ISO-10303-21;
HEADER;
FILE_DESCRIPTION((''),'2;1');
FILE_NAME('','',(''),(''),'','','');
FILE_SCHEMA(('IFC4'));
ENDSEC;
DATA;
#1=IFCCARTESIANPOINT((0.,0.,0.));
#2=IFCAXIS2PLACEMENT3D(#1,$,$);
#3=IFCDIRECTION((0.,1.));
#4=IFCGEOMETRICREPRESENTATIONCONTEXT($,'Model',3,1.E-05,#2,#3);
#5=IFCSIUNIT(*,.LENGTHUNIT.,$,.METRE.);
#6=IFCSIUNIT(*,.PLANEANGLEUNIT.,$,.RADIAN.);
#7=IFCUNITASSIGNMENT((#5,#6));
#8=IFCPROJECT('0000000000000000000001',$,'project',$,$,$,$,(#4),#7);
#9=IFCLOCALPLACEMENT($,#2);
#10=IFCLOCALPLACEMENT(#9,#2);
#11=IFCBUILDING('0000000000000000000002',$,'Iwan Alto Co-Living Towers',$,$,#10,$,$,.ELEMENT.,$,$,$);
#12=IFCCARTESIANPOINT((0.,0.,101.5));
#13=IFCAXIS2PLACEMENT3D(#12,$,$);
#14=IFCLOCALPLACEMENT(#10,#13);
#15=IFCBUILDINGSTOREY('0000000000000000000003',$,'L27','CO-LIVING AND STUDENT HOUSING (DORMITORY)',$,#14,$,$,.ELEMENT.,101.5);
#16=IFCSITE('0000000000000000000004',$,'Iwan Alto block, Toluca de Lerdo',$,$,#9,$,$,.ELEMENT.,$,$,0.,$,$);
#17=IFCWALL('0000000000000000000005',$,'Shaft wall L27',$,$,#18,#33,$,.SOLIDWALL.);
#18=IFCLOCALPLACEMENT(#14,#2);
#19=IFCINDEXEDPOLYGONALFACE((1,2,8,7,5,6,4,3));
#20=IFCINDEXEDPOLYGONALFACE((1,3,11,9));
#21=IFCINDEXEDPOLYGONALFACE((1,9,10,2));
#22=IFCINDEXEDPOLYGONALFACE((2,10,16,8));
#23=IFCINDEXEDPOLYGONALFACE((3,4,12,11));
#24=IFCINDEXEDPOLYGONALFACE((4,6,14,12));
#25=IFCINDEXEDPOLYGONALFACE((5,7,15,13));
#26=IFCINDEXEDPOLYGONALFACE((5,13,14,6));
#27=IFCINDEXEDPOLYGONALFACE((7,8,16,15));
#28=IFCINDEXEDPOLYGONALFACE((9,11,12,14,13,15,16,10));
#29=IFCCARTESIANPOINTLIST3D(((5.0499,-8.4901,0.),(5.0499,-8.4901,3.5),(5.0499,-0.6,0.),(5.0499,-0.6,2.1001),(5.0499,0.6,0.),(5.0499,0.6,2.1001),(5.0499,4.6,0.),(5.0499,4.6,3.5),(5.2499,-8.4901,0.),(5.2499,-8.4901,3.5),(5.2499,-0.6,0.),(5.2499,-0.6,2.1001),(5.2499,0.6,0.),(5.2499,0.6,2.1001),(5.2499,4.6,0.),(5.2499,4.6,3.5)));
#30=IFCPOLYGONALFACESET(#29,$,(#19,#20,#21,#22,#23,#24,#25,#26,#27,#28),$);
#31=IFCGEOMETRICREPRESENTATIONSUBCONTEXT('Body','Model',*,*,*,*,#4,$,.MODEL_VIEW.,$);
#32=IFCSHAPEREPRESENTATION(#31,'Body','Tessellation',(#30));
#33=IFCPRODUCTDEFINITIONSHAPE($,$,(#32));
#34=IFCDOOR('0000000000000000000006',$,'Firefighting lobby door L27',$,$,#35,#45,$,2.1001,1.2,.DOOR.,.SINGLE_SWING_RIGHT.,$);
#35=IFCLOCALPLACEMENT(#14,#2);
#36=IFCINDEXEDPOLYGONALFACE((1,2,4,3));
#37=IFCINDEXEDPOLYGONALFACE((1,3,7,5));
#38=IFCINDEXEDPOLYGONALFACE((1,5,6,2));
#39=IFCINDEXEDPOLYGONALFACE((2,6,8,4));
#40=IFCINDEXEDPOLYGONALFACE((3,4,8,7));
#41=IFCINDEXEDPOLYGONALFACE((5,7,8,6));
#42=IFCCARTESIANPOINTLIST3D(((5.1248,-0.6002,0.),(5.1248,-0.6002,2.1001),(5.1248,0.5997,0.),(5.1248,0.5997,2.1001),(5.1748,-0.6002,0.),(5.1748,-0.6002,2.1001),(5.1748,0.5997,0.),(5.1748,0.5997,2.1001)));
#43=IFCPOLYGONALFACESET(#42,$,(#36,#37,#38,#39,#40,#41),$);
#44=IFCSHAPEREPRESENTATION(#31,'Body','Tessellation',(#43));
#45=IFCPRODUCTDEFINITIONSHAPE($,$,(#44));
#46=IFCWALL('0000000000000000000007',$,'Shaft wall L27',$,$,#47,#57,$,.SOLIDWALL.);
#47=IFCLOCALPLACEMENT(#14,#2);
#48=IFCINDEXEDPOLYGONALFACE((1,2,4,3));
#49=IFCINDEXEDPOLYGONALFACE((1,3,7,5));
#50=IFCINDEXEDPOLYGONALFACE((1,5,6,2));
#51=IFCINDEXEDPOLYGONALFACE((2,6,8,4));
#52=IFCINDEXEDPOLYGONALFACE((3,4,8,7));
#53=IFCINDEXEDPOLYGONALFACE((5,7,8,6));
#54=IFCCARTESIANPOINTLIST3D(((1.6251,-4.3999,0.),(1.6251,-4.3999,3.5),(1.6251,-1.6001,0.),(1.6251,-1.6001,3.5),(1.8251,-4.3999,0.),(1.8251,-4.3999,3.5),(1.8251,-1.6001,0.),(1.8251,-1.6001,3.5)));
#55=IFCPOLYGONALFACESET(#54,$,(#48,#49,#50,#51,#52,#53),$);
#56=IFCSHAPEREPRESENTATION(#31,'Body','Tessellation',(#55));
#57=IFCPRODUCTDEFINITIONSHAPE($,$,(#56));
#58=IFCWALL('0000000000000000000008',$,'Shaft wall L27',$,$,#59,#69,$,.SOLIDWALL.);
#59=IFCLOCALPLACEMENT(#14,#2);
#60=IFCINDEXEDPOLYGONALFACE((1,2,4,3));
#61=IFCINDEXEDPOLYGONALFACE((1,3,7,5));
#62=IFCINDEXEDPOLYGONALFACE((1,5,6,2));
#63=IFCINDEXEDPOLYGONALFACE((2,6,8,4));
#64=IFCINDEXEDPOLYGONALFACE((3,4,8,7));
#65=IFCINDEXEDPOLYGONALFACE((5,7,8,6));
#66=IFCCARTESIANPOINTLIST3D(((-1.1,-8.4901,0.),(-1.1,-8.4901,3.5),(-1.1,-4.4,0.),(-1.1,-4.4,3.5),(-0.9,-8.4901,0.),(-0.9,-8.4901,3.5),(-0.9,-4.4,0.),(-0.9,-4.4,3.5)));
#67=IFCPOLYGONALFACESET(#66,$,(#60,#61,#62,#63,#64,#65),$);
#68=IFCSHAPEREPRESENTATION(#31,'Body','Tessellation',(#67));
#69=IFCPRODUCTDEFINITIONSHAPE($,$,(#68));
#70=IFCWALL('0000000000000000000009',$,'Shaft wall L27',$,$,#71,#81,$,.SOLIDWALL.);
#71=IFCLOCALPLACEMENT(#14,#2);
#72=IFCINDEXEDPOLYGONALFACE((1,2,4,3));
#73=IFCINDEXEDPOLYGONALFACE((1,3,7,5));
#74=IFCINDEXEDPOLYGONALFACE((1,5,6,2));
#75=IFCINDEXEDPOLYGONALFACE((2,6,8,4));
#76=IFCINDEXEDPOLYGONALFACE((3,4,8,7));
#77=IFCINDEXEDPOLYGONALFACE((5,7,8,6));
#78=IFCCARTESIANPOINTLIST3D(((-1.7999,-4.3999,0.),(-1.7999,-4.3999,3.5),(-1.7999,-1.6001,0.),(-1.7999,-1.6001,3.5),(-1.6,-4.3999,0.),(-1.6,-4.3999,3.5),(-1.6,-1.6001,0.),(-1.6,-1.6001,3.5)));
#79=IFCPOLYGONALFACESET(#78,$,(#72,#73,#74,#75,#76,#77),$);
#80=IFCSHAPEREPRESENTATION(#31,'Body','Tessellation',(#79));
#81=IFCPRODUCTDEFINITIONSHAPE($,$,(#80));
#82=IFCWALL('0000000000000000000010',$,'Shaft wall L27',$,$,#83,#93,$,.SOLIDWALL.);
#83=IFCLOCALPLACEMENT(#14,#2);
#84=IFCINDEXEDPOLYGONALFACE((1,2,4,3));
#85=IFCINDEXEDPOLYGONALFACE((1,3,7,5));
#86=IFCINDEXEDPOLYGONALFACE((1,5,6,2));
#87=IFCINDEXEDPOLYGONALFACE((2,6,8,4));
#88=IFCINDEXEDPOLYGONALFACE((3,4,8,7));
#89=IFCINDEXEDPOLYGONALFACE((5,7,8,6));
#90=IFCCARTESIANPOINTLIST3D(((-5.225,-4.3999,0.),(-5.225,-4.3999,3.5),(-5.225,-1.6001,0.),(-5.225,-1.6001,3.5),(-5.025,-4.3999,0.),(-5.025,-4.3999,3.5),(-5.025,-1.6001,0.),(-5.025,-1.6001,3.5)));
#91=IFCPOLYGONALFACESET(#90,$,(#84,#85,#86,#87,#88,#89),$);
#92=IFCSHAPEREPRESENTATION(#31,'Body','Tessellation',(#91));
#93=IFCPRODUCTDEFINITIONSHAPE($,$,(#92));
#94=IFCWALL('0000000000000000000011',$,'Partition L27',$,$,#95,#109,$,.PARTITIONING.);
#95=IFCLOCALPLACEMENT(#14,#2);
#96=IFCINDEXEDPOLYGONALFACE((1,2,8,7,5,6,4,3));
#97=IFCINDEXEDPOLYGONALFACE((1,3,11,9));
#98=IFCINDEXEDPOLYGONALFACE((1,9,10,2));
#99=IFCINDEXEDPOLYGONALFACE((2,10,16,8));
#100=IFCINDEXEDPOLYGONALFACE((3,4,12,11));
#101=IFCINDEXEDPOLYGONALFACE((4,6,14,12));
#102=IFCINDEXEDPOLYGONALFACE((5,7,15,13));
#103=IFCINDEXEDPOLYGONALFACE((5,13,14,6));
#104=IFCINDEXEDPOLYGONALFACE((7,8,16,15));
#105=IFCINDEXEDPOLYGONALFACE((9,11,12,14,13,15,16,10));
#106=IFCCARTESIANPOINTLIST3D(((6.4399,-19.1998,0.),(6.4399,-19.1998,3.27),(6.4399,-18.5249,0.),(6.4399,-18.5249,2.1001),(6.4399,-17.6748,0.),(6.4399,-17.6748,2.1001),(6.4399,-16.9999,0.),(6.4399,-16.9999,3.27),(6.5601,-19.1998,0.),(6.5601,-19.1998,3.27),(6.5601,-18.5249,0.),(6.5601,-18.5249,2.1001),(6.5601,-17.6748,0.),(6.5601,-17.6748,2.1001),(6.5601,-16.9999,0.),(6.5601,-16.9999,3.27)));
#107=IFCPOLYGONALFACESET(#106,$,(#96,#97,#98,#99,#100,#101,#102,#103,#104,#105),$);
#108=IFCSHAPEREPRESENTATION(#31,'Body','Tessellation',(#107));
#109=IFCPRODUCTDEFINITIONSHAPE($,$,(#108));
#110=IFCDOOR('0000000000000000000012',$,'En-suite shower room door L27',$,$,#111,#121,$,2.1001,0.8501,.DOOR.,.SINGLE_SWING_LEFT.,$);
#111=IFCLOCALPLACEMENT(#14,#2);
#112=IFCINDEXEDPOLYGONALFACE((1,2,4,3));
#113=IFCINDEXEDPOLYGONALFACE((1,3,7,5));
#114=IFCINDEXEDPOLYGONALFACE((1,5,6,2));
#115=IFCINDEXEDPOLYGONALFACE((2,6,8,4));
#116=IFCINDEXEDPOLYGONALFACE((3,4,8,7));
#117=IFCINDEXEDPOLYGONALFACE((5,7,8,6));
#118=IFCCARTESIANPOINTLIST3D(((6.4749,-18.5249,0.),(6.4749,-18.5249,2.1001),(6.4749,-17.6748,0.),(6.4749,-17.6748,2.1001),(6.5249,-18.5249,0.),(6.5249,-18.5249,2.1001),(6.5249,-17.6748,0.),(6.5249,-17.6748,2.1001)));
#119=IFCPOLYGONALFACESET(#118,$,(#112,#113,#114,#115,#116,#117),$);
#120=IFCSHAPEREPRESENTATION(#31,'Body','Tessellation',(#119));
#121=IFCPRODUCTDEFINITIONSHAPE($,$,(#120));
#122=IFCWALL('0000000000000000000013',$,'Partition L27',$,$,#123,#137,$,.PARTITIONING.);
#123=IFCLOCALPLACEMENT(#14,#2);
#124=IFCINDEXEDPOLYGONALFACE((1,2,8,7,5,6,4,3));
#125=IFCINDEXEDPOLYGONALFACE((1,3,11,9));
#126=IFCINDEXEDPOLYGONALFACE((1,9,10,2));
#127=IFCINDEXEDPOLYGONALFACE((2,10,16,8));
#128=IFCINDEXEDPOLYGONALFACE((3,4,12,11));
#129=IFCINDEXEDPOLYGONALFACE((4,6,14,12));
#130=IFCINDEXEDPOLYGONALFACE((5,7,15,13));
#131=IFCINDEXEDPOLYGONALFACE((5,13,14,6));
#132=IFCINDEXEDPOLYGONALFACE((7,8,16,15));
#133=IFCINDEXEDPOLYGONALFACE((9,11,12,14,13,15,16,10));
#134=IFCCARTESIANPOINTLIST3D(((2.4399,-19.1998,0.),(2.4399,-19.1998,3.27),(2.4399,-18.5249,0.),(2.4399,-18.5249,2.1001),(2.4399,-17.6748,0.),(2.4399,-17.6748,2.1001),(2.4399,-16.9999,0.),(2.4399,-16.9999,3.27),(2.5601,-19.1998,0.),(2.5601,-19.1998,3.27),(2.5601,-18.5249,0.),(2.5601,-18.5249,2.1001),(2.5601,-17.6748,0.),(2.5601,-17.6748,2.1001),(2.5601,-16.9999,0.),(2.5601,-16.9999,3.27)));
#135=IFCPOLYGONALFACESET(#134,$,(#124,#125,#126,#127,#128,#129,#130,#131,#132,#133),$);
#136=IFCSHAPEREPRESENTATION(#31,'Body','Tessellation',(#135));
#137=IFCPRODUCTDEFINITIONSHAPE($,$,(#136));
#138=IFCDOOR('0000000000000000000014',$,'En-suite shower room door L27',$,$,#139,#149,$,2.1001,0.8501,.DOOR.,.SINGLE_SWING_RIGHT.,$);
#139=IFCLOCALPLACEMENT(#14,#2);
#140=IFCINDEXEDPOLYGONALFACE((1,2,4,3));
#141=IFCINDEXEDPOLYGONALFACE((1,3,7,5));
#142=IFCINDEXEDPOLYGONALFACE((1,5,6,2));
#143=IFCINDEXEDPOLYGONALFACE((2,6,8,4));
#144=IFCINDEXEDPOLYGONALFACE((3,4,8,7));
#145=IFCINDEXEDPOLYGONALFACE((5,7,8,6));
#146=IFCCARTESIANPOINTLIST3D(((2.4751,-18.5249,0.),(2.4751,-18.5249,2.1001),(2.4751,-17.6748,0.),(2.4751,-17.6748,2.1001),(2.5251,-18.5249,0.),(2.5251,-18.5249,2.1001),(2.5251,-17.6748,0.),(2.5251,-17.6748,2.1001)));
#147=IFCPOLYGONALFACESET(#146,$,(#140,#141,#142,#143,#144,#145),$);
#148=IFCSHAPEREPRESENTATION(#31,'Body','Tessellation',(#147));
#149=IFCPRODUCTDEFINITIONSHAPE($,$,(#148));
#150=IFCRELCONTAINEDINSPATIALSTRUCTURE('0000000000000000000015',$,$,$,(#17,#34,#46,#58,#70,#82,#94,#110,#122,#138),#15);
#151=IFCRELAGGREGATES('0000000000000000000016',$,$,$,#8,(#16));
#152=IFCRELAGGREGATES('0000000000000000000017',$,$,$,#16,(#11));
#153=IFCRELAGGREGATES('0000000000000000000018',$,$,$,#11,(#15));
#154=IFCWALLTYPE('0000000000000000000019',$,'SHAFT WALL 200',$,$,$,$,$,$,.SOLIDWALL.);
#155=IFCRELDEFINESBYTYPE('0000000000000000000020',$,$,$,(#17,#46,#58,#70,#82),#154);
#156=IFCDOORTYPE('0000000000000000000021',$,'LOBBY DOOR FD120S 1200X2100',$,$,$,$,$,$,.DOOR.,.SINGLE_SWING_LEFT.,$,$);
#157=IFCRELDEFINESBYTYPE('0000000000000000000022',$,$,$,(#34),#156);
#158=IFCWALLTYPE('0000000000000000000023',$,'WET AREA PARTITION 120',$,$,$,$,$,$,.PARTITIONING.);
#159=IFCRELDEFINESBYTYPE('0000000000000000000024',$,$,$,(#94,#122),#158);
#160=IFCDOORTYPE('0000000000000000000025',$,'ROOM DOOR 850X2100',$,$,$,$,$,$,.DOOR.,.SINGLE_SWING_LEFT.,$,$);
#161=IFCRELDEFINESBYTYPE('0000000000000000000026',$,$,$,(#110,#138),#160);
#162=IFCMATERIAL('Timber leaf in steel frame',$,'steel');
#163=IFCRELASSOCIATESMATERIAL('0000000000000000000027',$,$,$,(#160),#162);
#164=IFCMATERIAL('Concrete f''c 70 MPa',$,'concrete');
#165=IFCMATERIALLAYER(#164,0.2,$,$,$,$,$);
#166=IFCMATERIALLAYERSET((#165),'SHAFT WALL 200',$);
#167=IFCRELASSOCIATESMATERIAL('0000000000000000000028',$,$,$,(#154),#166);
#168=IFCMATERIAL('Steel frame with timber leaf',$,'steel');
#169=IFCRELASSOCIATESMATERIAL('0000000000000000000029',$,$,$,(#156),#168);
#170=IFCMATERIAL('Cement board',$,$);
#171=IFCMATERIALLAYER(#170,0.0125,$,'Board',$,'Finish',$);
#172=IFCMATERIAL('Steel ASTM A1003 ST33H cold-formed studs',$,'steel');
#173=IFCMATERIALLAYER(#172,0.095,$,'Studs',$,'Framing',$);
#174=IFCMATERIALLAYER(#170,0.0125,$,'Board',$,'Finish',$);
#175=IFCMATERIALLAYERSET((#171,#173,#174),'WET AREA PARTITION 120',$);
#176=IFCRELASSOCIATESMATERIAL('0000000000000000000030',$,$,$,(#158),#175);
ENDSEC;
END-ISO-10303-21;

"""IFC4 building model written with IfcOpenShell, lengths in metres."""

from ifc_helpers import new_model, si_unit, direction, frame, frame_2d, origin, place, context, subcontext, project, spatial, rectangle, extrude, material, layer, layer_set, type_object, element, fill, save


model = new_model("IFC4")

# Units and contexts
model_context = context("Model", 3, precision=1e-05, world=origin(), true_north=direction((0.0, 1.0)))
body_context = subcontext(model_context, "Body", "Model", "MODEL_VIEW")
ifc_project = project(units=[si_unit("LENGTHUNIT", "METRE"), si_unit("PLANEANGLEUNIT", "RADIAN")], contexts=[model_context])

# Site, building, storey
site_placement = place(None, origin())
site = spatial("IfcSite", under=ifc_project, at=site_placement, Name="Iwan Alto block, Toluca de Lerdo", CompositionType="ELEMENT", RefElevation=0.0)
building_placement = place(site_placement, origin())
building = spatial("IfcBuilding", under=site, at=building_placement, Name="Iwan Alto Co-Living Towers", CompositionType="ELEMENT")
storey_placement = place(building_placement, frame((0.0, 0.0, 101.5)))
storey = spatial("IfcBuildingStorey", under=building, at=storey_placement, Name="L27", Description="CO-LIVING AND STUDENT HOUSING (DORMITORY)", CompositionType="ELEMENT", Elevation=101.5)

# Shared definitions
ifc_material_1 = material(Name="Steel ASTM A1003 ST33H cold-formed studs", Category="steel")

# Wall, opening, door
ifc_material_2 = material(Name="Timber leaf in steel frame", Category="steel")
door_type_1 = type_object("IfcDoorType", Name="ROOM DOOR 850X2100", OperationType="SINGLE_SWING_LEFT", PredefinedType="DOOR", material=ifc_material_2)
ifc_material_3 = material(Name="Concrete f'c 70 MPa", Category="concrete")
ifc_layer_1 = layer(ifc_material_3, 0.2)
ifc_layer_set_1 = layer_set([ifc_layer_1], Name="SHAFT WALL 200")
wall_type_1 = type_object("IfcWallType", Name="SHAFT WALL 200", PredefinedType="SOLIDWALL", material=ifc_layer_set_1)
wall_1_placement = place(storey_placement, frame((5.1499, -8.49, 0.0), z_axis=(0.0, 0.0, 1.0), x_axis=(0.0, 1.0, 0.0)))
wall_1 = element("IfcWall", 1, at=wall_1_placement, inside=storey, type_object=wall_type_1, Name="Shaft wall L27", PredefinedType="SOLIDWALL", context=body_context, shape_type="SweptSolid", body=[
    extrude(rectangle(XDim=13.0901, YDim=0.2, at=frame_2d((6.5449, 0.0))), origin(), (0.0, 0.0, 1.0), 3.5),
])
opening_1_placement = place(wall_1_placement, frame((7.8899, 0.0, 0.0)))
opening_1 = element("IfcOpeningElement", 2, at=opening_1_placement, cuts=wall_1, PredefinedType="OPENING", context=body_context, shape_type="SweptSolid", body=[
    extrude(rectangle(XDim=1.2, YDim=2.1001, at=frame_2d((0.6001, 1.05))), frame((0.0, 0.1099, 0.0), z_axis=(0.0, -1.0, 0.0), x_axis=(1.0, 0.0, 0.0)), (0.0, 0.0, 1.0), 0.22),
])
ifc_material_4 = material(Name="Steel frame with timber leaf", Category="steel")
door_type_2 = type_object("IfcDoorType", Name="LOBBY DOOR FD120S 1200X2100", OperationType="SINGLE_SWING_LEFT", PredefinedType="DOOR", material=ifc_material_4)
door_1_placement = place(opening_1_placement, frame((1.2, 0.0, 0.0), z_axis=(0.0, 0.0, 1.0), x_axis=(-1.0, 0.0, 0.0)))
door_1 = element("IfcDoor", 3, at=door_1_placement, inside=storey, type_object=door_type_2, Name="Firefighting lobby door L27", OperationType="SINGLE_SWING_RIGHT", OverallHeight=2.1001, OverallWidth=1.2, PredefinedType="DOOR", context=body_context, shape_type="SweptSolid", body=[
    extrude(rectangle(XDim=1.2, YDim=2.1001, at=frame_2d((0.6001, 1.05))), frame((0.0, 0.0249, 0.0), z_axis=(0.0, -1.0, 0.0), x_axis=(1.0, 0.0, 0.0)), (0.0, 0.0, 1.0), 0.05),
])
fill(opening_1, door_1)

# Walls
wall_2_placement = place(storey_placement, frame((1.7251, -4.3999, 0.0), z_axis=(0.0, 0.0, 1.0), x_axis=(0.0, 1.0, 0.0)))
element("IfcWall", 4, at=wall_2_placement, inside=storey, type_object=wall_type_1, Name="Shaft wall L27", PredefinedType="SOLIDWALL", context=body_context, shape_type="SweptSolid", body=[
    extrude(rectangle(XDim=2.7998, YDim=0.2, at=frame_2d((1.3999, 0.0))), origin(), (0.0, 0.0, 1.0), 3.5),
])
wall_3_placement = place(storey_placement, frame((-1.0, -8.49, 0.0), z_axis=(0.0, 0.0, 1.0), x_axis=(0.0, 1.0, 0.0)))
element("IfcWall", 5, at=wall_3_placement, inside=storey, type_object=wall_type_1, Name="Shaft wall L27", PredefinedType="SOLIDWALL", context=body_context, shape_type="SweptSolid", body=[
    extrude(rectangle(XDim=4.0901, YDim=0.2, at=frame_2d((2.0449, 0.0))), origin(), (0.0, 0.0, 1.0), 3.5),
])
for number, where, z_axis, x_axis, name in (
    (6, (-1.7, -4.3999, 0.0), (0.0, 0.0, 1.0), (0.0, 1.0, 0.0), "Shaft wall L27"),
    (7, (-5.125, -4.3999, 0.0), (0.0, 0.0, 1.0), (0.0, 1.0, 0.0), "Shaft wall L27"),
):
    element("IfcWall", number, at=place(storey_placement, frame(where, z_axis=z_axis, x_axis=x_axis)), inside=storey, type_object=wall_type_1, Name=name, PredefinedType="SOLIDWALL", context=body_context, shape_type="SweptSolid", body=[
        extrude(rectangle(XDim=2.7998, YDim=0.2, at=frame_2d((1.3999, 0.0))), origin(), (0.0, 0.0, 1.0), 3.5),
    ])

# Walls, openings, doors
ifc_material_5 = material(Name="Cement board")
ifc_layer_2 = layer(ifc_material_5, 0.0125, Name="Board", Category="Finish")
ifc_layer_3 = layer(ifc_material_1, 0.095, Name="Studs", Category="Framing")
ifc_layer_4 = layer(ifc_material_5, 0.0125, Name="Board", Category="Finish")
ifc_layer_set_2 = layer_set([ifc_layer_2, ifc_layer_3, ifc_layer_4], Name="WET AREA PARTITION 120")
wall_type_2 = type_object("IfcWallType", Name="WET AREA PARTITION 120", PredefinedType="PARTITIONING", material=ifc_layer_set_2)
wall_4_placement = place(storey_placement, frame((6.5, -19.2, 0.0), z_axis=(0.0, 0.0, 1.0), x_axis=(0.0, 1.0, 0.0)))
wall_4 = element("IfcWall", 8, at=wall_4_placement, inside=storey, type_object=wall_type_2, Name="Partition L27", PredefinedType="PARTITIONING", context=body_context, shape_type="SweptSolid", body=[
    extrude(rectangle(XDim=2.2, YDim=0.1201, at=frame_2d((1.1001, 0.0))), origin(), (0.0, 0.0, 1.0), 3.27),
])
opening_2_placement = place(wall_4_placement, frame((0.675, 0.0, 0.0)))
opening_2 = element("IfcOpeningElement", 9, at=opening_2_placement, cuts=wall_4, PredefinedType="OPENING", context=body_context, shape_type="SweptSolid", body=[
    extrude(rectangle(XDim=0.8501, YDim=2.1001, at=frame_2d((0.425, 1.05))), frame((0.0, 0.0701, 0.0), z_axis=(0.0, -1.0, 0.0), x_axis=(1.0, 0.0, 0.0)), (0.0, 0.0, 1.0), 0.1401),
])
door_2_placement = place(opening_2_placement, frame((0.8501, 0.0, 0.0), z_axis=(0.0, 0.0, 1.0), x_axis=(-1.0, 0.0, 0.0)))
door_2 = element("IfcDoor", 10, at=door_2_placement, inside=storey, type_object=door_type_1, Name="En-suite shower room door L27", OperationType="SINGLE_SWING_LEFT", OverallHeight=2.1001, OverallWidth=0.8501, PredefinedType="DOOR", context=body_context, shape_type="SweptSolid", body=[
    extrude(rectangle(XDim=0.8501, YDim=2.1001, at=frame_2d((0.425, 1.05))), frame((0.0, 0.0249, 0.0), z_axis=(0.0, -1.0, 0.0), x_axis=(1.0, 0.0, 0.0)), (0.0, 0.0, 1.0), 0.05),
])
fill(opening_2, door_2)
wall_5_placement = place(storey_placement, frame((2.5, -19.2, 0.0), z_axis=(0.0, 0.0, 1.0), x_axis=(0.0, 1.0, 0.0)))
wall_5 = element("IfcWall", 11, at=wall_5_placement, inside=storey, type_object=wall_type_2, Name="Partition L27", PredefinedType="PARTITIONING", context=body_context, shape_type="SweptSolid", body=[
    extrude(rectangle(XDim=2.2, YDim=0.1201, at=frame_2d((1.1001, 0.0))), origin(), (0.0, 0.0, 1.0), 3.27),
])
opening_3_placement = place(wall_5_placement, frame((0.675, 0.0, 0.0)))
opening_3 = element("IfcOpeningElement", 12, at=opening_3_placement, cuts=wall_5, PredefinedType="OPENING", context=body_context, shape_type="SweptSolid", body=[
    extrude(rectangle(XDim=0.8501, YDim=2.1001, at=frame_2d((0.425, 1.05))), frame((0.0, 0.0701, 0.0), z_axis=(0.0, -1.0, 0.0), x_axis=(1.0, 0.0, 0.0)), (0.0, 0.0, 1.0), 0.1401),
])
door_3_placement = place(opening_3_placement, origin())
door_3 = element("IfcDoor", 13, at=door_3_placement, inside=storey, type_object=door_type_1, Name="En-suite shower room door L27", OperationType="SINGLE_SWING_RIGHT", OverallHeight=2.1001, OverallWidth=0.8501, PredefinedType="DOOR", context=body_context, shape_type="SweptSolid", body=[
    extrude(rectangle(XDim=0.8501, YDim=2.1001, at=frame_2d((0.425, 1.05))), frame((0.0, 0.0249, 0.0), z_axis=(0.0, -1.0, 0.0), x_axis=(1.0, 0.0, 0.0)), (0.0, 0.0, 1.0), 0.05),
])
fill(opening_3, door_3)

save(model, "model.ifc")
